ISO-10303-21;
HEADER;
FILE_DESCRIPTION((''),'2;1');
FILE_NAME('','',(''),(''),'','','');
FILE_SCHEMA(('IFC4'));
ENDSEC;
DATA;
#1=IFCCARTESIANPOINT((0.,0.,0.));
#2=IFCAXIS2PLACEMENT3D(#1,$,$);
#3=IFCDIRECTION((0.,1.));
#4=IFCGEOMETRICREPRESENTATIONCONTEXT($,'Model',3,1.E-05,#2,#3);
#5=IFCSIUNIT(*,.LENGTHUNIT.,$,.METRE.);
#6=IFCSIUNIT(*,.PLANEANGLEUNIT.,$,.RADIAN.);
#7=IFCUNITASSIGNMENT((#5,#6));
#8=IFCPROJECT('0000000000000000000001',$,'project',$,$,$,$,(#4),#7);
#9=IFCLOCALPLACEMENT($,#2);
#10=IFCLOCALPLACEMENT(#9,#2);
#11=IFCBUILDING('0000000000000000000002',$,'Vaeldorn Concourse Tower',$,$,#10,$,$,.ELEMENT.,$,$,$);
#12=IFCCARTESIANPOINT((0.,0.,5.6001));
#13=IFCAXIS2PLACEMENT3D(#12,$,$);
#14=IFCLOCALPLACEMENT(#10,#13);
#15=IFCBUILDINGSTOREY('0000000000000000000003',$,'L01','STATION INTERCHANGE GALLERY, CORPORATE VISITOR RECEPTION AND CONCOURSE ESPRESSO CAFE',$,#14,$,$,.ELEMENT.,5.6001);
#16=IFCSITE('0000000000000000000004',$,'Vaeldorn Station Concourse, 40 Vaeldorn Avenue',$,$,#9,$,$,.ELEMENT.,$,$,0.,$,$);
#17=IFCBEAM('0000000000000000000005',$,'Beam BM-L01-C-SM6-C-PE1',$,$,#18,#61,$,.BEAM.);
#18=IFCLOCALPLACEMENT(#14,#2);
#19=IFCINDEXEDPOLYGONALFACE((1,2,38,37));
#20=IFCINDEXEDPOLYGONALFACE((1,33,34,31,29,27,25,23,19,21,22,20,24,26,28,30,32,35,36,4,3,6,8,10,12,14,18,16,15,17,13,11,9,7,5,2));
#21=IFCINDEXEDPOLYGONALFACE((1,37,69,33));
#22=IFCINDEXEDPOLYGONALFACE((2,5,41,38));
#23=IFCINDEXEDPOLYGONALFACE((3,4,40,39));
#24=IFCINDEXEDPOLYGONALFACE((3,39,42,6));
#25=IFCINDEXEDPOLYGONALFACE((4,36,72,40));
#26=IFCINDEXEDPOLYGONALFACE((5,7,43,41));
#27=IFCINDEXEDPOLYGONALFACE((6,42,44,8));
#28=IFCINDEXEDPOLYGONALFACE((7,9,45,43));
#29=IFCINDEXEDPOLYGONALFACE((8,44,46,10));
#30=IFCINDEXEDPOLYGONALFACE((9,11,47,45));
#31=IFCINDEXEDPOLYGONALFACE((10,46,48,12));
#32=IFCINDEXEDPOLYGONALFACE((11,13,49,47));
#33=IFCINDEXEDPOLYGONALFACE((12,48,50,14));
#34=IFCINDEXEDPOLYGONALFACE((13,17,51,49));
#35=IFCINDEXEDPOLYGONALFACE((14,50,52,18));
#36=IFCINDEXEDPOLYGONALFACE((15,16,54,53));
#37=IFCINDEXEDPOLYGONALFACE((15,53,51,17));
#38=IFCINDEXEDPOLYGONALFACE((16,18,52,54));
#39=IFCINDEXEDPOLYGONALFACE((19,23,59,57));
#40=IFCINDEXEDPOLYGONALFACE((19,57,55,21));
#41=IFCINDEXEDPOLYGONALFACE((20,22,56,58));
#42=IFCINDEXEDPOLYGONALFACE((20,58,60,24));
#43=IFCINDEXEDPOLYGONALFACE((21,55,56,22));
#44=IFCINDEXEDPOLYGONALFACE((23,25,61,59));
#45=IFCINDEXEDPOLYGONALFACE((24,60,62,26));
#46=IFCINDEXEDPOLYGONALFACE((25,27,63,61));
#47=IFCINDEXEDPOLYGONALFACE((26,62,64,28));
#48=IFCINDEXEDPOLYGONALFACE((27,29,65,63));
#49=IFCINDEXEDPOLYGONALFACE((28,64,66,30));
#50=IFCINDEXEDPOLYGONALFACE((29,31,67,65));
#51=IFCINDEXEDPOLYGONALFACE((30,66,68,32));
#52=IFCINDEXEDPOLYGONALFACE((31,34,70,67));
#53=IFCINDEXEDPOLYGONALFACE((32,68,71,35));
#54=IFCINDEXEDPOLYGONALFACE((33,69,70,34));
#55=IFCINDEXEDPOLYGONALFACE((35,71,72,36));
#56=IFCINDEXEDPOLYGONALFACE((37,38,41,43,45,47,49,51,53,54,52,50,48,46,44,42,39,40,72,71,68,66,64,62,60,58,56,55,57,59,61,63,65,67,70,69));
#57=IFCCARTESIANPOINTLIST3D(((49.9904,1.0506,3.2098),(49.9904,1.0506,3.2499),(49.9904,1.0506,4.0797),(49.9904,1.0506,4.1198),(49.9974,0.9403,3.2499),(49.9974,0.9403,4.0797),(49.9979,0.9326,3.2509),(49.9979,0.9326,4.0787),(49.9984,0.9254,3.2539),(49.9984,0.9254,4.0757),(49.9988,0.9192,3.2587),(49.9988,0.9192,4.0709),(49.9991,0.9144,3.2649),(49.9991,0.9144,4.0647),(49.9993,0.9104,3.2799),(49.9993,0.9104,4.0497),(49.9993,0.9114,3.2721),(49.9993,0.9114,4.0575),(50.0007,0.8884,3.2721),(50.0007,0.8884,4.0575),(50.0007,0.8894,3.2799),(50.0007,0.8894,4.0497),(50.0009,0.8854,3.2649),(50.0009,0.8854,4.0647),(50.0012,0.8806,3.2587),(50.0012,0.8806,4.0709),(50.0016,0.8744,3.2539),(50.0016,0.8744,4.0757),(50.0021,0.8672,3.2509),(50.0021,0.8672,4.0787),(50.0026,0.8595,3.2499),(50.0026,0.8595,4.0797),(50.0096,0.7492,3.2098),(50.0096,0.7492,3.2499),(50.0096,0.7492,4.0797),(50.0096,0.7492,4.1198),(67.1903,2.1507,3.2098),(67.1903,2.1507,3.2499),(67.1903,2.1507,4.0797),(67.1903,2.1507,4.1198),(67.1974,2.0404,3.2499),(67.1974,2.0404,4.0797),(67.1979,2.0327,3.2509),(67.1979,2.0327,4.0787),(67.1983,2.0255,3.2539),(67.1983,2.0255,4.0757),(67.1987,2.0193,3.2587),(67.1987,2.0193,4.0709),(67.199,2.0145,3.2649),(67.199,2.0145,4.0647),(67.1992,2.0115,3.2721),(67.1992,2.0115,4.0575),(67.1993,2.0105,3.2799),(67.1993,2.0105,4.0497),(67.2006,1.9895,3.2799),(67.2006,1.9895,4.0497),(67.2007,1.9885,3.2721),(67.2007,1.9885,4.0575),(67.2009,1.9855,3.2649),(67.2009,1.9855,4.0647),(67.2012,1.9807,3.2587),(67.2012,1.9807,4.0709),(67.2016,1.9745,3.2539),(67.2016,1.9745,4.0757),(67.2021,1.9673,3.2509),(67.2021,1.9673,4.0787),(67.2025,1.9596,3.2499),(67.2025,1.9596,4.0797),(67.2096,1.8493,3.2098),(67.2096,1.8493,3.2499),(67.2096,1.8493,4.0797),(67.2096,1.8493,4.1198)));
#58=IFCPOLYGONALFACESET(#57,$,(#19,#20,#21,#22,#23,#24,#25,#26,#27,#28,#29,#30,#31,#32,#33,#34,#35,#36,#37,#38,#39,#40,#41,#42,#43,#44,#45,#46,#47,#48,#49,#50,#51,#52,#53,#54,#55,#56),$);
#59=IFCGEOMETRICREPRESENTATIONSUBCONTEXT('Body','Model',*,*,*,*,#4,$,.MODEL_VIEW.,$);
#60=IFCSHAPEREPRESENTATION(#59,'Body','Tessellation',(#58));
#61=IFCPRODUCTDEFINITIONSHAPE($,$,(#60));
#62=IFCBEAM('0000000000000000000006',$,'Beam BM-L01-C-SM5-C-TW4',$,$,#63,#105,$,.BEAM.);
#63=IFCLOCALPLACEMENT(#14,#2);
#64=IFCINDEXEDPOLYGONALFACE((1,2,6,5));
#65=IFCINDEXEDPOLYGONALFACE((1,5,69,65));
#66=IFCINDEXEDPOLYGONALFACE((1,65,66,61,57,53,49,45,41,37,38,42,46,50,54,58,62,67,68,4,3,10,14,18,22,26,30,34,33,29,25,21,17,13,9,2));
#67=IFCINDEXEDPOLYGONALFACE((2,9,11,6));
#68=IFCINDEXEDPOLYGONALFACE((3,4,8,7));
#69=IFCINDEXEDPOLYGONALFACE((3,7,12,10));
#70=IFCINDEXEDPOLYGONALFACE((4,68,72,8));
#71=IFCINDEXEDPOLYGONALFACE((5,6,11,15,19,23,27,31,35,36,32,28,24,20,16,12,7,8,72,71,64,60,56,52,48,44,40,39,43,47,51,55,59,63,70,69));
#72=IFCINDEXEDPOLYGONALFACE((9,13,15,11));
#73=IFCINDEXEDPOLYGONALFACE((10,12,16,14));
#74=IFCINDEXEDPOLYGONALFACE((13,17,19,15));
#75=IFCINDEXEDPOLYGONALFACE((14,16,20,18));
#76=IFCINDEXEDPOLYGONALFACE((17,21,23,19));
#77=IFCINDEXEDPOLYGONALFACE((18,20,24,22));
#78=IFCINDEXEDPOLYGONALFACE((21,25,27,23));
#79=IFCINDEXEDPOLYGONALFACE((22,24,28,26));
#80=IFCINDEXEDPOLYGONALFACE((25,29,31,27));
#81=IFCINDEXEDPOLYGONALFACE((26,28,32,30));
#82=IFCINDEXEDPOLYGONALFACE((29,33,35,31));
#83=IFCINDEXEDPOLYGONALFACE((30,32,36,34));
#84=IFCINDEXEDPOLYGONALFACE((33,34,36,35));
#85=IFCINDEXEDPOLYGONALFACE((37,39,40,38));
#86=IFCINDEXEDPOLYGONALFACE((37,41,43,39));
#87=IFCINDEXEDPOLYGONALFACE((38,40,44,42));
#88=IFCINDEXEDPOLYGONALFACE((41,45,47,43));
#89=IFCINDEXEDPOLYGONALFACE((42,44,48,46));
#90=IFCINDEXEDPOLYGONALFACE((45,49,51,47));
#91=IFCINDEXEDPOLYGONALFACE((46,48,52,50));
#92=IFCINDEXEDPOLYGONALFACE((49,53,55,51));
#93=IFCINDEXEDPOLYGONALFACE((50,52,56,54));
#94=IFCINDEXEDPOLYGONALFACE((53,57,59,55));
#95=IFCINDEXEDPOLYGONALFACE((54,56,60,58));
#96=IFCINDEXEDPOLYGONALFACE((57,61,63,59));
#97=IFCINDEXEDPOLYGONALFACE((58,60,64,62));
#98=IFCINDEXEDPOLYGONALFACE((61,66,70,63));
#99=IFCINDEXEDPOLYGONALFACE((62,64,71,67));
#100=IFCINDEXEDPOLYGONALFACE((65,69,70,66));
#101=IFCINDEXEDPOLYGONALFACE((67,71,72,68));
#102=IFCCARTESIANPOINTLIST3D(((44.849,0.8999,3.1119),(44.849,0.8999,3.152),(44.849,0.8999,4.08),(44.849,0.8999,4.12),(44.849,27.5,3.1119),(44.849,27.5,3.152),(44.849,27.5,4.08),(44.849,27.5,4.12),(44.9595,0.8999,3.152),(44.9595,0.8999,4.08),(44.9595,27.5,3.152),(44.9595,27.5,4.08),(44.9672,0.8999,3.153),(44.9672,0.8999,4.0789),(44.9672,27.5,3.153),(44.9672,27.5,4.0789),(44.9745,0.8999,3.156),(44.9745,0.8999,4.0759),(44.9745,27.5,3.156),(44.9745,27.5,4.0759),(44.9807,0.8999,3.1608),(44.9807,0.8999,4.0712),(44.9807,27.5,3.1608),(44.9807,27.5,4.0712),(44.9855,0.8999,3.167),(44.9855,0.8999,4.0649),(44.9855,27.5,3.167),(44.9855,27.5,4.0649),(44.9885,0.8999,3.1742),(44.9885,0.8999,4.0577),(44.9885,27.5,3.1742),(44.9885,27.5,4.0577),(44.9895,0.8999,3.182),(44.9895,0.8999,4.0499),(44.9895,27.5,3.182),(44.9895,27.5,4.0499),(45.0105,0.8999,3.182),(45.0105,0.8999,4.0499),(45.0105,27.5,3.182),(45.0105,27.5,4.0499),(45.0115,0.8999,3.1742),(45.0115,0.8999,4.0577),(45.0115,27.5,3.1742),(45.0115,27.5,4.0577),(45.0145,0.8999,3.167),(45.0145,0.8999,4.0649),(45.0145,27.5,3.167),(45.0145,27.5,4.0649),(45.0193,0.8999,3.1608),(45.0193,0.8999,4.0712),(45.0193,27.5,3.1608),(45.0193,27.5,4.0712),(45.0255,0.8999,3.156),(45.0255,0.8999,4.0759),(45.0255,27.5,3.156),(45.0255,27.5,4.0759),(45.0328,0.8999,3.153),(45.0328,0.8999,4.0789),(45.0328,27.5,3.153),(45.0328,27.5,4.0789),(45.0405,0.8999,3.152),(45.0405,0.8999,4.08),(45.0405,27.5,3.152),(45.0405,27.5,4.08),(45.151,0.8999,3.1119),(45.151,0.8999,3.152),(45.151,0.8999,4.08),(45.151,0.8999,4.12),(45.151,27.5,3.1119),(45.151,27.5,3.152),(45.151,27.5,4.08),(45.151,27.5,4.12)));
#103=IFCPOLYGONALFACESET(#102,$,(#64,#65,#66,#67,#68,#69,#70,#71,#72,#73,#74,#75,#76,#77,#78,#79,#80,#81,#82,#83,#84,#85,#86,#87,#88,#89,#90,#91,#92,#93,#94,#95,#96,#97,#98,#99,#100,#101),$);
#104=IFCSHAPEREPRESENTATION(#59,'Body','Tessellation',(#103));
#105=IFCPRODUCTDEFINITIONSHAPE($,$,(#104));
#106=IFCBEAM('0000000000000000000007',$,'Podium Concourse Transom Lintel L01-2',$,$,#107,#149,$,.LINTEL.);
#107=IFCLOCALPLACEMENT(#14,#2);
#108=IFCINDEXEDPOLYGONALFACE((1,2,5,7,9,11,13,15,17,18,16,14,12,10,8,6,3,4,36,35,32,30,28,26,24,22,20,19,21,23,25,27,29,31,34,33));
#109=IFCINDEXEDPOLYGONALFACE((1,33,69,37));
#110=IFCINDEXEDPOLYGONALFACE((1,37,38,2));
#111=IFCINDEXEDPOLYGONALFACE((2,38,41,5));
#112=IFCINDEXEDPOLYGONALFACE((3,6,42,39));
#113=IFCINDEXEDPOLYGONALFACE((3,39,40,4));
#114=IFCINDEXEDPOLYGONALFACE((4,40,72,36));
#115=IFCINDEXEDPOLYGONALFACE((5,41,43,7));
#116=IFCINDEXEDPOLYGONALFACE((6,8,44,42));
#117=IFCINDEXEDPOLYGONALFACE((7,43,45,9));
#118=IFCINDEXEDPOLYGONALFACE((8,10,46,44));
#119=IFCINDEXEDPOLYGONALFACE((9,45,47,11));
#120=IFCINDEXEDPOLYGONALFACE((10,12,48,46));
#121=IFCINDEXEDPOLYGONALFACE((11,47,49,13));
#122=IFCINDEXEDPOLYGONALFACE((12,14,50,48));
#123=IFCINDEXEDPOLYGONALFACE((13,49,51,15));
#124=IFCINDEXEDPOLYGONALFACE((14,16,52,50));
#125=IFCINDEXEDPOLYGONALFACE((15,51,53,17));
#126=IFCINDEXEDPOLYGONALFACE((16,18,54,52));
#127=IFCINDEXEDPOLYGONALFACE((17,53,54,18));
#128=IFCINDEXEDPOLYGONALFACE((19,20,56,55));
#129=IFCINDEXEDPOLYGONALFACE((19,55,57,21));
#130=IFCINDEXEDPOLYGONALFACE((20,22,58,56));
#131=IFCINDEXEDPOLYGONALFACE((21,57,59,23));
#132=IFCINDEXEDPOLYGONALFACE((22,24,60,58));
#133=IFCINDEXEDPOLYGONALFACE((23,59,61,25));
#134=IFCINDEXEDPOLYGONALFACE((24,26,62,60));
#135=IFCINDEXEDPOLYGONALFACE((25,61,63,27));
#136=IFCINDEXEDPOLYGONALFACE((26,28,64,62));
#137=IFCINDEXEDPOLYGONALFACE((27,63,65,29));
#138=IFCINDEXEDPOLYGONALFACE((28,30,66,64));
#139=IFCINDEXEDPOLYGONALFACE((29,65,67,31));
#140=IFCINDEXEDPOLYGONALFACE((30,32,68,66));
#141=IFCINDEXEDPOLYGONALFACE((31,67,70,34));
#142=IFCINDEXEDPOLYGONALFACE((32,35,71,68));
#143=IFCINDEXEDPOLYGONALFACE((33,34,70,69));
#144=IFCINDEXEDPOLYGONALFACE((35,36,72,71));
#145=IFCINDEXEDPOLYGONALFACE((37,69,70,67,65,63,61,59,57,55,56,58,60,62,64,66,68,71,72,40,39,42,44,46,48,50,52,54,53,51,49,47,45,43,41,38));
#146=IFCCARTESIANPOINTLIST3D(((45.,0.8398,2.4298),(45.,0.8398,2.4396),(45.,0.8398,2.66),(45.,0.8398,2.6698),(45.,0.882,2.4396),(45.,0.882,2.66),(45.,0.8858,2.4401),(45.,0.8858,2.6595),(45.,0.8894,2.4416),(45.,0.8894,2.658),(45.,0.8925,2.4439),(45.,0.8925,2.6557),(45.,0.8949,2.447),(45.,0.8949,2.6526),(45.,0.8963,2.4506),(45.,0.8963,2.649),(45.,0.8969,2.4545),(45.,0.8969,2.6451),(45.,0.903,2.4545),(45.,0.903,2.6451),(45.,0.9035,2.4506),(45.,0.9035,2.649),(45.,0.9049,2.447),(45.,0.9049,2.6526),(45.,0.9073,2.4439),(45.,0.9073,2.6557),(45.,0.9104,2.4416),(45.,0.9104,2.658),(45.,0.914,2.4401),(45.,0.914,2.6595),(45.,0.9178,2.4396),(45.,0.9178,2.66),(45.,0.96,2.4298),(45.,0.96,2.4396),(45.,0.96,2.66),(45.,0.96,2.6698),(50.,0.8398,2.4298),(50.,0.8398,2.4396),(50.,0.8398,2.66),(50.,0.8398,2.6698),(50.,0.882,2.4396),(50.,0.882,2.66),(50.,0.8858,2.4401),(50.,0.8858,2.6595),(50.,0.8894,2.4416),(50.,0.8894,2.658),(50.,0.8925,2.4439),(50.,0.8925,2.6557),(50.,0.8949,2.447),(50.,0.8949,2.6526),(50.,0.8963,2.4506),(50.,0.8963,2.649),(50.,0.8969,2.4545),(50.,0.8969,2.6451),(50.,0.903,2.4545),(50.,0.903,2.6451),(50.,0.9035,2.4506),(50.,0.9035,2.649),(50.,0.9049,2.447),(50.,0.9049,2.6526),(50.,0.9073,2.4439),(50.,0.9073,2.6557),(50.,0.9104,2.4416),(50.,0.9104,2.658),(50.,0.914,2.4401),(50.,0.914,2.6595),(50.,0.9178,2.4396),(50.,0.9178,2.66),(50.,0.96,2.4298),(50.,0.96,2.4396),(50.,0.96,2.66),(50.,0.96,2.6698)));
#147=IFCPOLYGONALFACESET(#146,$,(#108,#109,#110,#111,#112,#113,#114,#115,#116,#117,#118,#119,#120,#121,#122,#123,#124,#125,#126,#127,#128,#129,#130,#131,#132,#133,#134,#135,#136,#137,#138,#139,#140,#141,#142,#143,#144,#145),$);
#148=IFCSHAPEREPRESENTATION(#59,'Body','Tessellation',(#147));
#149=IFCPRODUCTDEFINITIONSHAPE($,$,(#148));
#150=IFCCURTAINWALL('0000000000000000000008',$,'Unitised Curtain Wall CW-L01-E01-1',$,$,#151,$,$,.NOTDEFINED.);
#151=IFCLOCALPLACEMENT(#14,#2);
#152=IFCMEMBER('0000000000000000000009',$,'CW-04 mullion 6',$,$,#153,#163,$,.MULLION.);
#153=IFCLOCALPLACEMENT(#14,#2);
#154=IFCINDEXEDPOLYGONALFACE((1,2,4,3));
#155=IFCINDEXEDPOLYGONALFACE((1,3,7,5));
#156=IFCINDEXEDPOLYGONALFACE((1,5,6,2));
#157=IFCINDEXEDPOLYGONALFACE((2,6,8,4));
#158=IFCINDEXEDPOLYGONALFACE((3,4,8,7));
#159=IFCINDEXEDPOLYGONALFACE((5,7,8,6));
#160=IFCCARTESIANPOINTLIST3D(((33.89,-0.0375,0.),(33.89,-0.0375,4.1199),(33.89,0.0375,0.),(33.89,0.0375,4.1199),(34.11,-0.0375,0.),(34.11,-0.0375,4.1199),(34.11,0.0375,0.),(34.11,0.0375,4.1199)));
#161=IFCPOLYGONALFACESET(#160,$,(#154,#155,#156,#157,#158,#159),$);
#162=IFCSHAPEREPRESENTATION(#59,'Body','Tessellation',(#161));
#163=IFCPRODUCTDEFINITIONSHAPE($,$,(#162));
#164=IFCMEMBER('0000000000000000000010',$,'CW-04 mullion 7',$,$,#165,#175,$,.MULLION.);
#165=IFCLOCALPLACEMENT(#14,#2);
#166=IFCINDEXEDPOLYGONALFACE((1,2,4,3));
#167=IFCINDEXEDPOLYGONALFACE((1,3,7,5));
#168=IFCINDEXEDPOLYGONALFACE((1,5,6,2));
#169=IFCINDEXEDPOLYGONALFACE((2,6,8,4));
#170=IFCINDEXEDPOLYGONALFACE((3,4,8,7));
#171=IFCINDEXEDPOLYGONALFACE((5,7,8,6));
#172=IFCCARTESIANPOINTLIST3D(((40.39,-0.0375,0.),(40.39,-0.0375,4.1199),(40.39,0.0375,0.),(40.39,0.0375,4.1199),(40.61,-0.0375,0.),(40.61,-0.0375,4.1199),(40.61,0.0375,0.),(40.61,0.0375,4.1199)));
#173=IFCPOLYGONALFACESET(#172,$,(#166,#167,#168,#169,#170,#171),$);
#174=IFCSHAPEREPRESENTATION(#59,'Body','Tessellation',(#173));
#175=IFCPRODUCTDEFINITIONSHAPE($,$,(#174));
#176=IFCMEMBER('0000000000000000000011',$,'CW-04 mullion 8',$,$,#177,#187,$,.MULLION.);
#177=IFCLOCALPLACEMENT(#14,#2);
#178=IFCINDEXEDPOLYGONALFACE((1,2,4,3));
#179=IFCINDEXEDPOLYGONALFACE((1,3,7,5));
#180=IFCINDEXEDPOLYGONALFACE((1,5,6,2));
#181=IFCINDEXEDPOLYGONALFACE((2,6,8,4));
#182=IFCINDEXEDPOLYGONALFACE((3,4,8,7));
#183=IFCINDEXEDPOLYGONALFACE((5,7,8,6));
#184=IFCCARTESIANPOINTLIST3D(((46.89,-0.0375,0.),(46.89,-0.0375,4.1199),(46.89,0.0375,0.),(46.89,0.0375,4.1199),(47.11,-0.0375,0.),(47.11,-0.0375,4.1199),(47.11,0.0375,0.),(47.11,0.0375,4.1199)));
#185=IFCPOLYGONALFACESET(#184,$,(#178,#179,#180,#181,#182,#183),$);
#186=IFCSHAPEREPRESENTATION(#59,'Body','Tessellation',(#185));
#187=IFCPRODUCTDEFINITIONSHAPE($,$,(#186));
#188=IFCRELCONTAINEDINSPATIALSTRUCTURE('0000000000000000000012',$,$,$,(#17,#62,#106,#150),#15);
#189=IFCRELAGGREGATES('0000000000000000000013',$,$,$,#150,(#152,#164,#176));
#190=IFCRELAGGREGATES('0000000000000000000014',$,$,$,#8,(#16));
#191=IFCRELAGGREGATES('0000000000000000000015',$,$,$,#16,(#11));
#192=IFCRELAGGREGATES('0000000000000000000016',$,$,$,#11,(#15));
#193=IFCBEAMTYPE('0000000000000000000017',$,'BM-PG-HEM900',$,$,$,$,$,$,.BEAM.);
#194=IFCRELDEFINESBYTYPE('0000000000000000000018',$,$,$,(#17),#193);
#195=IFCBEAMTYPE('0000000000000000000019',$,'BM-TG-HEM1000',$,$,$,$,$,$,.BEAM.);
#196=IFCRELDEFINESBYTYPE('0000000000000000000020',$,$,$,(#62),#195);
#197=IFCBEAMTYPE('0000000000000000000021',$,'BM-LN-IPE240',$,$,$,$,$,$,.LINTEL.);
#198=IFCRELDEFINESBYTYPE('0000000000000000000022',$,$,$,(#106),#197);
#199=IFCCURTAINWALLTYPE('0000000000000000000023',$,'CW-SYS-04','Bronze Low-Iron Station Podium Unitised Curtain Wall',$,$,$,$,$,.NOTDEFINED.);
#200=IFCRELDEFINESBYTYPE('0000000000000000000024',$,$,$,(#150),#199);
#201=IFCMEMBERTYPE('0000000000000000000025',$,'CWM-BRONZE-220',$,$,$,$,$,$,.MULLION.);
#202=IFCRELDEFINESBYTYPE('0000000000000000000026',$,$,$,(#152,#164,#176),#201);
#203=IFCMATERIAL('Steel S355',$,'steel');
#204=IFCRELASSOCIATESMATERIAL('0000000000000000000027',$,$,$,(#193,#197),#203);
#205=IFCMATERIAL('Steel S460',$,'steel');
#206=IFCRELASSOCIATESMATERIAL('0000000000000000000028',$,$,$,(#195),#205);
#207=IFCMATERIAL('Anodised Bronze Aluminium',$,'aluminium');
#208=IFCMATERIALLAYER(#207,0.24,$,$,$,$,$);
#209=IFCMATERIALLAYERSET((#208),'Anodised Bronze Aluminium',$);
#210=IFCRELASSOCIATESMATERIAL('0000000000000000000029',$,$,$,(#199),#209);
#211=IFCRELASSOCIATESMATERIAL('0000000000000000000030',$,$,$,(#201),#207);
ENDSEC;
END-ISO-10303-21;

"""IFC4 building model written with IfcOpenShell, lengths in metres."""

from ifc_helpers import new_model, si_unit, direction, frame, origin, origin_2d, place, context, subcontext, project, spatial, rectangle, i_section, extrude, source, transform, mapped, material, layer, layer_set, material_profile, profile_set, type_object, element, aggregate, save


model = new_model("IFC4")

# Units and contexts
model_context = context("Model", 3, precision=1e-05, world=origin(), true_north=direction((0.0, 1.0)))
body_context = subcontext(model_context, "Body", "Model", "MODEL_VIEW")
ifc_project = project(units=[si_unit("LENGTHUNIT", "METRE"), si_unit("PLANEANGLEUNIT", "RADIAN")], contexts=[model_context])

# Site, building, storey
site_placement = place(None, origin())
site = spatial("IfcSite", under=ifc_project, at=site_placement, Name="Vaeldorn Station Concourse, 40 Vaeldorn Avenue", CompositionType="ELEMENT", RefElevation=0.0)
building_placement = place(site_placement, origin())
building = spatial("IfcBuilding", under=site, at=building_placement, Name="Vaeldorn Concourse Tower", CompositionType="ELEMENT")
storey_placement = place(building_placement, frame((0.0, 0.0, 5.6001)))
storey = spatial("IfcBuildingStorey", under=building, at=storey_placement, Name="L01", Description="STATION INTERCHANGE GALLERY, CORPORATE VISITOR RECEPTION AND CONCOURSE ESPRESSO CAFE", CompositionType="ELEMENT", Elevation=5.6001)

# Shared definitions
ifc_material_1 = material(Name="Steel S460", Category="steel")

# Beams
ifc_material_2 = material(Name="Steel S355", Category="steel")
ifc_material_profile_1 = material_profile(ifc_material_2, i_section(OverallWidth=0.302, OverallDepth=0.9099, WebThickness=0.021, FlangeThickness=0.04, FilletRadius=0.03, at=origin_2d()), Name="HEM 900")
ifc_profile_set_1 = profile_set([ifc_material_profile_1], Name="Steel S355")
beam_type_1 = type_object("IfcBeamType", Name="BM-PG-HEM900", PredefinedType="BEAM", material=ifc_profile_set_1)
shared_shape_1 = source(origin(), body_context, "Body", "SweptSolid", [
    extrude(i_section(OverallWidth=0.302, OverallDepth=0.9099, WebThickness=0.021, FlangeThickness=0.04, FilletRadius=0.03, at=origin_2d()), origin(), (0.0, 0.0, 1.0), 17.2351),
])
beam_1_placement = place(storey_placement, frame((50.0, 0.8999, 3.6648), z_axis=(0.997961, 0.063829, 0.0), x_axis=(-0.063829, 0.997961, 0.0)))
element("IfcBeam", 1, at=beam_1_placement, inside=storey, type_object=beam_type_1, Name="Beam BM-L01-C-SM6-C-PE1", PredefinedType="BEAM", context=body_context, shape_type="MappedRepresentation", body=[
    mapped(shared_shape_1, transform((0.0, 0.0, 0.0), scale=1.0)),
])
ifc_material_profile_2 = material_profile(ifc_material_1, i_section(OverallWidth=0.302, OverallDepth=1.0081, WebThickness=0.021, FlangeThickness=0.04, FilletRadius=0.03, at=origin_2d()), Name="HEM 1000")
ifc_profile_set_2 = profile_set([ifc_material_profile_2], Name="Steel S460")
beam_type_2 = type_object("IfcBeamType", Name="BM-TG-HEM1000", PredefinedType="BEAM", material=ifc_profile_set_2)
shared_shape_2 = source(origin(), body_context, "Body", "SweptSolid", [
    extrude(i_section(OverallWidth=0.302, OverallDepth=1.0081, WebThickness=0.021, FlangeThickness=0.04, FilletRadius=0.03, at=origin_2d()), origin(), (0.0, 0.0, 1.0), 26.6001),
])
beam_2_placement = place(storey_placement, frame((45.0, 0.8999, 3.616), z_axis=(0.0, 1.0, 0.0), x_axis=(-1.0, 0.0, 0.0)))
element("IfcBeam", 2, at=beam_2_placement, inside=storey, type_object=beam_type_2, Name="Beam BM-L01-C-SM5-C-TW4", PredefinedType="BEAM", context=body_context, shape_type="MappedRepresentation", body=[
    mapped(shared_shape_2, transform((0.0, 0.0, 0.0), scale=1.0)),
])
ifc_material_profile_3 = material_profile(ifc_material_2, i_section(OverallWidth=0.1201, OverallDepth=0.24, WebThickness=0.0061, FlangeThickness=0.0098, FilletRadius=0.0149, at=origin_2d()), Name="IPE 240")
ifc_profile_set_3 = profile_set([ifc_material_profile_3], Name="Steel S355")
beam_type_3 = type_object("IfcBeamType", Name="BM-LN-IPE240", PredefinedType="LINTEL", material=ifc_profile_set_3)
shared_shape_3 = source(origin(), body_context, "Body", "SweptSolid", [
    extrude(i_section(OverallWidth=0.1201, OverallDepth=0.24, WebThickness=0.0061, FlangeThickness=0.0098, FilletRadius=0.0149, at=origin_2d()), origin(), (0.0, 0.0, 1.0), 5.0),
])
beam_3_placement = place(storey_placement, frame((45.0, 0.8999, 2.5498), z_axis=(1.0, 0.0, 0.0), x_axis=(0.0, 1.0, 0.0)))
element("IfcBeam", 3, at=beam_3_placement, inside=storey, type_object=beam_type_3, Name="Podium Concourse Transom Lintel L01-2", PredefinedType="LINTEL", context=body_context, shape_type="MappedRepresentation", body=[
    mapped(shared_shape_3, transform((0.0, 0.0, 0.0), scale=1.0)),
])

# Curtain wall, members
ifc_material_3 = material(Name="Anodised Bronze Aluminium", Category="aluminium")
ifc_layer_1 = layer(ifc_material_3, 0.24)
ifc_layer_set_1 = layer_set([ifc_layer_1], Name="Anodised Bronze Aluminium")
curtain_wall_type = type_object("IfcCurtainWallType", Name="CW-SYS-04", Description="Bronze Low-Iron Station Podium Unitised Curtain Wall", PredefinedType="NOTDEFINED", material=ifc_layer_set_1)
curtain_wall_placement = place(storey_placement, origin())
curtain_wall = element("IfcCurtainWall", 4, at=curtain_wall_placement, inside=storey, type_object=curtain_wall_type, Name="Unitised Curtain Wall CW-L01-E01-1", PredefinedType="NOTDEFINED")
ifc_material_profile_4 = material_profile(ifc_material_3, rectangle(XDim=0.075, YDim=0.22, at=origin_2d()), Name="CWM 75x220")
ifc_profile_set_4 = profile_set([ifc_material_profile_4], Name="Anodised Bronze Aluminium")
member_type_1 = type_object("IfcMemberType", Name="CWM-BRONZE-220", PredefinedType="MULLION", material=ifc_profile_set_4)
shared_shape_4 = source(origin(), body_context, "Body", "SweptSolid", [
    extrude(rectangle(XDim=0.075, YDim=0.22, at=origin_2d()), origin(), (0.0, 0.0, 1.0), 4.1199),
])
member_1_placement = place(storey_placement, frame((34.0, 0.0, 0.0), z_axis=(0.0, 0.0, 1.0), x_axis=(0.0, 1.0, 0.0)))
member_1 = element("IfcMember", 5, at=member_1_placement, type_object=member_type_1, Name="CW-04 mullion 6", PredefinedType="MULLION", context=body_context, shape_type="MappedRepresentation", body=[
    mapped(shared_shape_4, transform((0.0, 0.0, 0.0), scale=1.0)),
])
member_2_placement = place(storey_placement, frame((40.5, 0.0, 0.0), z_axis=(0.0, 0.0, 1.0), x_axis=(0.0, 1.0, 0.0)))
member_2 = element("IfcMember", 6, at=member_2_placement, type_object=member_type_1, Name="CW-04 mullion 7", PredefinedType="MULLION", context=body_context, shape_type="MappedRepresentation", body=[
    mapped(shared_shape_4, transform((0.0, 0.0, 0.0), scale=1.0)),
])
member_3_placement = place(storey_placement, frame((47.0, 0.0, 0.0), z_axis=(0.0, 0.0, 1.0), x_axis=(0.0, 1.0, 0.0)))
member_3 = element("IfcMember", 7, at=member_3_placement, type_object=member_type_1, Name="CW-04 mullion 8", PredefinedType="MULLION", context=body_context, shape_type="MappedRepresentation", body=[
    mapped(shared_shape_4, transform((0.0, 0.0, 0.0), scale=1.0)),
])
aggregate(curtain_wall, [member_1, member_2, member_3])

save(model, "model.ifc")
